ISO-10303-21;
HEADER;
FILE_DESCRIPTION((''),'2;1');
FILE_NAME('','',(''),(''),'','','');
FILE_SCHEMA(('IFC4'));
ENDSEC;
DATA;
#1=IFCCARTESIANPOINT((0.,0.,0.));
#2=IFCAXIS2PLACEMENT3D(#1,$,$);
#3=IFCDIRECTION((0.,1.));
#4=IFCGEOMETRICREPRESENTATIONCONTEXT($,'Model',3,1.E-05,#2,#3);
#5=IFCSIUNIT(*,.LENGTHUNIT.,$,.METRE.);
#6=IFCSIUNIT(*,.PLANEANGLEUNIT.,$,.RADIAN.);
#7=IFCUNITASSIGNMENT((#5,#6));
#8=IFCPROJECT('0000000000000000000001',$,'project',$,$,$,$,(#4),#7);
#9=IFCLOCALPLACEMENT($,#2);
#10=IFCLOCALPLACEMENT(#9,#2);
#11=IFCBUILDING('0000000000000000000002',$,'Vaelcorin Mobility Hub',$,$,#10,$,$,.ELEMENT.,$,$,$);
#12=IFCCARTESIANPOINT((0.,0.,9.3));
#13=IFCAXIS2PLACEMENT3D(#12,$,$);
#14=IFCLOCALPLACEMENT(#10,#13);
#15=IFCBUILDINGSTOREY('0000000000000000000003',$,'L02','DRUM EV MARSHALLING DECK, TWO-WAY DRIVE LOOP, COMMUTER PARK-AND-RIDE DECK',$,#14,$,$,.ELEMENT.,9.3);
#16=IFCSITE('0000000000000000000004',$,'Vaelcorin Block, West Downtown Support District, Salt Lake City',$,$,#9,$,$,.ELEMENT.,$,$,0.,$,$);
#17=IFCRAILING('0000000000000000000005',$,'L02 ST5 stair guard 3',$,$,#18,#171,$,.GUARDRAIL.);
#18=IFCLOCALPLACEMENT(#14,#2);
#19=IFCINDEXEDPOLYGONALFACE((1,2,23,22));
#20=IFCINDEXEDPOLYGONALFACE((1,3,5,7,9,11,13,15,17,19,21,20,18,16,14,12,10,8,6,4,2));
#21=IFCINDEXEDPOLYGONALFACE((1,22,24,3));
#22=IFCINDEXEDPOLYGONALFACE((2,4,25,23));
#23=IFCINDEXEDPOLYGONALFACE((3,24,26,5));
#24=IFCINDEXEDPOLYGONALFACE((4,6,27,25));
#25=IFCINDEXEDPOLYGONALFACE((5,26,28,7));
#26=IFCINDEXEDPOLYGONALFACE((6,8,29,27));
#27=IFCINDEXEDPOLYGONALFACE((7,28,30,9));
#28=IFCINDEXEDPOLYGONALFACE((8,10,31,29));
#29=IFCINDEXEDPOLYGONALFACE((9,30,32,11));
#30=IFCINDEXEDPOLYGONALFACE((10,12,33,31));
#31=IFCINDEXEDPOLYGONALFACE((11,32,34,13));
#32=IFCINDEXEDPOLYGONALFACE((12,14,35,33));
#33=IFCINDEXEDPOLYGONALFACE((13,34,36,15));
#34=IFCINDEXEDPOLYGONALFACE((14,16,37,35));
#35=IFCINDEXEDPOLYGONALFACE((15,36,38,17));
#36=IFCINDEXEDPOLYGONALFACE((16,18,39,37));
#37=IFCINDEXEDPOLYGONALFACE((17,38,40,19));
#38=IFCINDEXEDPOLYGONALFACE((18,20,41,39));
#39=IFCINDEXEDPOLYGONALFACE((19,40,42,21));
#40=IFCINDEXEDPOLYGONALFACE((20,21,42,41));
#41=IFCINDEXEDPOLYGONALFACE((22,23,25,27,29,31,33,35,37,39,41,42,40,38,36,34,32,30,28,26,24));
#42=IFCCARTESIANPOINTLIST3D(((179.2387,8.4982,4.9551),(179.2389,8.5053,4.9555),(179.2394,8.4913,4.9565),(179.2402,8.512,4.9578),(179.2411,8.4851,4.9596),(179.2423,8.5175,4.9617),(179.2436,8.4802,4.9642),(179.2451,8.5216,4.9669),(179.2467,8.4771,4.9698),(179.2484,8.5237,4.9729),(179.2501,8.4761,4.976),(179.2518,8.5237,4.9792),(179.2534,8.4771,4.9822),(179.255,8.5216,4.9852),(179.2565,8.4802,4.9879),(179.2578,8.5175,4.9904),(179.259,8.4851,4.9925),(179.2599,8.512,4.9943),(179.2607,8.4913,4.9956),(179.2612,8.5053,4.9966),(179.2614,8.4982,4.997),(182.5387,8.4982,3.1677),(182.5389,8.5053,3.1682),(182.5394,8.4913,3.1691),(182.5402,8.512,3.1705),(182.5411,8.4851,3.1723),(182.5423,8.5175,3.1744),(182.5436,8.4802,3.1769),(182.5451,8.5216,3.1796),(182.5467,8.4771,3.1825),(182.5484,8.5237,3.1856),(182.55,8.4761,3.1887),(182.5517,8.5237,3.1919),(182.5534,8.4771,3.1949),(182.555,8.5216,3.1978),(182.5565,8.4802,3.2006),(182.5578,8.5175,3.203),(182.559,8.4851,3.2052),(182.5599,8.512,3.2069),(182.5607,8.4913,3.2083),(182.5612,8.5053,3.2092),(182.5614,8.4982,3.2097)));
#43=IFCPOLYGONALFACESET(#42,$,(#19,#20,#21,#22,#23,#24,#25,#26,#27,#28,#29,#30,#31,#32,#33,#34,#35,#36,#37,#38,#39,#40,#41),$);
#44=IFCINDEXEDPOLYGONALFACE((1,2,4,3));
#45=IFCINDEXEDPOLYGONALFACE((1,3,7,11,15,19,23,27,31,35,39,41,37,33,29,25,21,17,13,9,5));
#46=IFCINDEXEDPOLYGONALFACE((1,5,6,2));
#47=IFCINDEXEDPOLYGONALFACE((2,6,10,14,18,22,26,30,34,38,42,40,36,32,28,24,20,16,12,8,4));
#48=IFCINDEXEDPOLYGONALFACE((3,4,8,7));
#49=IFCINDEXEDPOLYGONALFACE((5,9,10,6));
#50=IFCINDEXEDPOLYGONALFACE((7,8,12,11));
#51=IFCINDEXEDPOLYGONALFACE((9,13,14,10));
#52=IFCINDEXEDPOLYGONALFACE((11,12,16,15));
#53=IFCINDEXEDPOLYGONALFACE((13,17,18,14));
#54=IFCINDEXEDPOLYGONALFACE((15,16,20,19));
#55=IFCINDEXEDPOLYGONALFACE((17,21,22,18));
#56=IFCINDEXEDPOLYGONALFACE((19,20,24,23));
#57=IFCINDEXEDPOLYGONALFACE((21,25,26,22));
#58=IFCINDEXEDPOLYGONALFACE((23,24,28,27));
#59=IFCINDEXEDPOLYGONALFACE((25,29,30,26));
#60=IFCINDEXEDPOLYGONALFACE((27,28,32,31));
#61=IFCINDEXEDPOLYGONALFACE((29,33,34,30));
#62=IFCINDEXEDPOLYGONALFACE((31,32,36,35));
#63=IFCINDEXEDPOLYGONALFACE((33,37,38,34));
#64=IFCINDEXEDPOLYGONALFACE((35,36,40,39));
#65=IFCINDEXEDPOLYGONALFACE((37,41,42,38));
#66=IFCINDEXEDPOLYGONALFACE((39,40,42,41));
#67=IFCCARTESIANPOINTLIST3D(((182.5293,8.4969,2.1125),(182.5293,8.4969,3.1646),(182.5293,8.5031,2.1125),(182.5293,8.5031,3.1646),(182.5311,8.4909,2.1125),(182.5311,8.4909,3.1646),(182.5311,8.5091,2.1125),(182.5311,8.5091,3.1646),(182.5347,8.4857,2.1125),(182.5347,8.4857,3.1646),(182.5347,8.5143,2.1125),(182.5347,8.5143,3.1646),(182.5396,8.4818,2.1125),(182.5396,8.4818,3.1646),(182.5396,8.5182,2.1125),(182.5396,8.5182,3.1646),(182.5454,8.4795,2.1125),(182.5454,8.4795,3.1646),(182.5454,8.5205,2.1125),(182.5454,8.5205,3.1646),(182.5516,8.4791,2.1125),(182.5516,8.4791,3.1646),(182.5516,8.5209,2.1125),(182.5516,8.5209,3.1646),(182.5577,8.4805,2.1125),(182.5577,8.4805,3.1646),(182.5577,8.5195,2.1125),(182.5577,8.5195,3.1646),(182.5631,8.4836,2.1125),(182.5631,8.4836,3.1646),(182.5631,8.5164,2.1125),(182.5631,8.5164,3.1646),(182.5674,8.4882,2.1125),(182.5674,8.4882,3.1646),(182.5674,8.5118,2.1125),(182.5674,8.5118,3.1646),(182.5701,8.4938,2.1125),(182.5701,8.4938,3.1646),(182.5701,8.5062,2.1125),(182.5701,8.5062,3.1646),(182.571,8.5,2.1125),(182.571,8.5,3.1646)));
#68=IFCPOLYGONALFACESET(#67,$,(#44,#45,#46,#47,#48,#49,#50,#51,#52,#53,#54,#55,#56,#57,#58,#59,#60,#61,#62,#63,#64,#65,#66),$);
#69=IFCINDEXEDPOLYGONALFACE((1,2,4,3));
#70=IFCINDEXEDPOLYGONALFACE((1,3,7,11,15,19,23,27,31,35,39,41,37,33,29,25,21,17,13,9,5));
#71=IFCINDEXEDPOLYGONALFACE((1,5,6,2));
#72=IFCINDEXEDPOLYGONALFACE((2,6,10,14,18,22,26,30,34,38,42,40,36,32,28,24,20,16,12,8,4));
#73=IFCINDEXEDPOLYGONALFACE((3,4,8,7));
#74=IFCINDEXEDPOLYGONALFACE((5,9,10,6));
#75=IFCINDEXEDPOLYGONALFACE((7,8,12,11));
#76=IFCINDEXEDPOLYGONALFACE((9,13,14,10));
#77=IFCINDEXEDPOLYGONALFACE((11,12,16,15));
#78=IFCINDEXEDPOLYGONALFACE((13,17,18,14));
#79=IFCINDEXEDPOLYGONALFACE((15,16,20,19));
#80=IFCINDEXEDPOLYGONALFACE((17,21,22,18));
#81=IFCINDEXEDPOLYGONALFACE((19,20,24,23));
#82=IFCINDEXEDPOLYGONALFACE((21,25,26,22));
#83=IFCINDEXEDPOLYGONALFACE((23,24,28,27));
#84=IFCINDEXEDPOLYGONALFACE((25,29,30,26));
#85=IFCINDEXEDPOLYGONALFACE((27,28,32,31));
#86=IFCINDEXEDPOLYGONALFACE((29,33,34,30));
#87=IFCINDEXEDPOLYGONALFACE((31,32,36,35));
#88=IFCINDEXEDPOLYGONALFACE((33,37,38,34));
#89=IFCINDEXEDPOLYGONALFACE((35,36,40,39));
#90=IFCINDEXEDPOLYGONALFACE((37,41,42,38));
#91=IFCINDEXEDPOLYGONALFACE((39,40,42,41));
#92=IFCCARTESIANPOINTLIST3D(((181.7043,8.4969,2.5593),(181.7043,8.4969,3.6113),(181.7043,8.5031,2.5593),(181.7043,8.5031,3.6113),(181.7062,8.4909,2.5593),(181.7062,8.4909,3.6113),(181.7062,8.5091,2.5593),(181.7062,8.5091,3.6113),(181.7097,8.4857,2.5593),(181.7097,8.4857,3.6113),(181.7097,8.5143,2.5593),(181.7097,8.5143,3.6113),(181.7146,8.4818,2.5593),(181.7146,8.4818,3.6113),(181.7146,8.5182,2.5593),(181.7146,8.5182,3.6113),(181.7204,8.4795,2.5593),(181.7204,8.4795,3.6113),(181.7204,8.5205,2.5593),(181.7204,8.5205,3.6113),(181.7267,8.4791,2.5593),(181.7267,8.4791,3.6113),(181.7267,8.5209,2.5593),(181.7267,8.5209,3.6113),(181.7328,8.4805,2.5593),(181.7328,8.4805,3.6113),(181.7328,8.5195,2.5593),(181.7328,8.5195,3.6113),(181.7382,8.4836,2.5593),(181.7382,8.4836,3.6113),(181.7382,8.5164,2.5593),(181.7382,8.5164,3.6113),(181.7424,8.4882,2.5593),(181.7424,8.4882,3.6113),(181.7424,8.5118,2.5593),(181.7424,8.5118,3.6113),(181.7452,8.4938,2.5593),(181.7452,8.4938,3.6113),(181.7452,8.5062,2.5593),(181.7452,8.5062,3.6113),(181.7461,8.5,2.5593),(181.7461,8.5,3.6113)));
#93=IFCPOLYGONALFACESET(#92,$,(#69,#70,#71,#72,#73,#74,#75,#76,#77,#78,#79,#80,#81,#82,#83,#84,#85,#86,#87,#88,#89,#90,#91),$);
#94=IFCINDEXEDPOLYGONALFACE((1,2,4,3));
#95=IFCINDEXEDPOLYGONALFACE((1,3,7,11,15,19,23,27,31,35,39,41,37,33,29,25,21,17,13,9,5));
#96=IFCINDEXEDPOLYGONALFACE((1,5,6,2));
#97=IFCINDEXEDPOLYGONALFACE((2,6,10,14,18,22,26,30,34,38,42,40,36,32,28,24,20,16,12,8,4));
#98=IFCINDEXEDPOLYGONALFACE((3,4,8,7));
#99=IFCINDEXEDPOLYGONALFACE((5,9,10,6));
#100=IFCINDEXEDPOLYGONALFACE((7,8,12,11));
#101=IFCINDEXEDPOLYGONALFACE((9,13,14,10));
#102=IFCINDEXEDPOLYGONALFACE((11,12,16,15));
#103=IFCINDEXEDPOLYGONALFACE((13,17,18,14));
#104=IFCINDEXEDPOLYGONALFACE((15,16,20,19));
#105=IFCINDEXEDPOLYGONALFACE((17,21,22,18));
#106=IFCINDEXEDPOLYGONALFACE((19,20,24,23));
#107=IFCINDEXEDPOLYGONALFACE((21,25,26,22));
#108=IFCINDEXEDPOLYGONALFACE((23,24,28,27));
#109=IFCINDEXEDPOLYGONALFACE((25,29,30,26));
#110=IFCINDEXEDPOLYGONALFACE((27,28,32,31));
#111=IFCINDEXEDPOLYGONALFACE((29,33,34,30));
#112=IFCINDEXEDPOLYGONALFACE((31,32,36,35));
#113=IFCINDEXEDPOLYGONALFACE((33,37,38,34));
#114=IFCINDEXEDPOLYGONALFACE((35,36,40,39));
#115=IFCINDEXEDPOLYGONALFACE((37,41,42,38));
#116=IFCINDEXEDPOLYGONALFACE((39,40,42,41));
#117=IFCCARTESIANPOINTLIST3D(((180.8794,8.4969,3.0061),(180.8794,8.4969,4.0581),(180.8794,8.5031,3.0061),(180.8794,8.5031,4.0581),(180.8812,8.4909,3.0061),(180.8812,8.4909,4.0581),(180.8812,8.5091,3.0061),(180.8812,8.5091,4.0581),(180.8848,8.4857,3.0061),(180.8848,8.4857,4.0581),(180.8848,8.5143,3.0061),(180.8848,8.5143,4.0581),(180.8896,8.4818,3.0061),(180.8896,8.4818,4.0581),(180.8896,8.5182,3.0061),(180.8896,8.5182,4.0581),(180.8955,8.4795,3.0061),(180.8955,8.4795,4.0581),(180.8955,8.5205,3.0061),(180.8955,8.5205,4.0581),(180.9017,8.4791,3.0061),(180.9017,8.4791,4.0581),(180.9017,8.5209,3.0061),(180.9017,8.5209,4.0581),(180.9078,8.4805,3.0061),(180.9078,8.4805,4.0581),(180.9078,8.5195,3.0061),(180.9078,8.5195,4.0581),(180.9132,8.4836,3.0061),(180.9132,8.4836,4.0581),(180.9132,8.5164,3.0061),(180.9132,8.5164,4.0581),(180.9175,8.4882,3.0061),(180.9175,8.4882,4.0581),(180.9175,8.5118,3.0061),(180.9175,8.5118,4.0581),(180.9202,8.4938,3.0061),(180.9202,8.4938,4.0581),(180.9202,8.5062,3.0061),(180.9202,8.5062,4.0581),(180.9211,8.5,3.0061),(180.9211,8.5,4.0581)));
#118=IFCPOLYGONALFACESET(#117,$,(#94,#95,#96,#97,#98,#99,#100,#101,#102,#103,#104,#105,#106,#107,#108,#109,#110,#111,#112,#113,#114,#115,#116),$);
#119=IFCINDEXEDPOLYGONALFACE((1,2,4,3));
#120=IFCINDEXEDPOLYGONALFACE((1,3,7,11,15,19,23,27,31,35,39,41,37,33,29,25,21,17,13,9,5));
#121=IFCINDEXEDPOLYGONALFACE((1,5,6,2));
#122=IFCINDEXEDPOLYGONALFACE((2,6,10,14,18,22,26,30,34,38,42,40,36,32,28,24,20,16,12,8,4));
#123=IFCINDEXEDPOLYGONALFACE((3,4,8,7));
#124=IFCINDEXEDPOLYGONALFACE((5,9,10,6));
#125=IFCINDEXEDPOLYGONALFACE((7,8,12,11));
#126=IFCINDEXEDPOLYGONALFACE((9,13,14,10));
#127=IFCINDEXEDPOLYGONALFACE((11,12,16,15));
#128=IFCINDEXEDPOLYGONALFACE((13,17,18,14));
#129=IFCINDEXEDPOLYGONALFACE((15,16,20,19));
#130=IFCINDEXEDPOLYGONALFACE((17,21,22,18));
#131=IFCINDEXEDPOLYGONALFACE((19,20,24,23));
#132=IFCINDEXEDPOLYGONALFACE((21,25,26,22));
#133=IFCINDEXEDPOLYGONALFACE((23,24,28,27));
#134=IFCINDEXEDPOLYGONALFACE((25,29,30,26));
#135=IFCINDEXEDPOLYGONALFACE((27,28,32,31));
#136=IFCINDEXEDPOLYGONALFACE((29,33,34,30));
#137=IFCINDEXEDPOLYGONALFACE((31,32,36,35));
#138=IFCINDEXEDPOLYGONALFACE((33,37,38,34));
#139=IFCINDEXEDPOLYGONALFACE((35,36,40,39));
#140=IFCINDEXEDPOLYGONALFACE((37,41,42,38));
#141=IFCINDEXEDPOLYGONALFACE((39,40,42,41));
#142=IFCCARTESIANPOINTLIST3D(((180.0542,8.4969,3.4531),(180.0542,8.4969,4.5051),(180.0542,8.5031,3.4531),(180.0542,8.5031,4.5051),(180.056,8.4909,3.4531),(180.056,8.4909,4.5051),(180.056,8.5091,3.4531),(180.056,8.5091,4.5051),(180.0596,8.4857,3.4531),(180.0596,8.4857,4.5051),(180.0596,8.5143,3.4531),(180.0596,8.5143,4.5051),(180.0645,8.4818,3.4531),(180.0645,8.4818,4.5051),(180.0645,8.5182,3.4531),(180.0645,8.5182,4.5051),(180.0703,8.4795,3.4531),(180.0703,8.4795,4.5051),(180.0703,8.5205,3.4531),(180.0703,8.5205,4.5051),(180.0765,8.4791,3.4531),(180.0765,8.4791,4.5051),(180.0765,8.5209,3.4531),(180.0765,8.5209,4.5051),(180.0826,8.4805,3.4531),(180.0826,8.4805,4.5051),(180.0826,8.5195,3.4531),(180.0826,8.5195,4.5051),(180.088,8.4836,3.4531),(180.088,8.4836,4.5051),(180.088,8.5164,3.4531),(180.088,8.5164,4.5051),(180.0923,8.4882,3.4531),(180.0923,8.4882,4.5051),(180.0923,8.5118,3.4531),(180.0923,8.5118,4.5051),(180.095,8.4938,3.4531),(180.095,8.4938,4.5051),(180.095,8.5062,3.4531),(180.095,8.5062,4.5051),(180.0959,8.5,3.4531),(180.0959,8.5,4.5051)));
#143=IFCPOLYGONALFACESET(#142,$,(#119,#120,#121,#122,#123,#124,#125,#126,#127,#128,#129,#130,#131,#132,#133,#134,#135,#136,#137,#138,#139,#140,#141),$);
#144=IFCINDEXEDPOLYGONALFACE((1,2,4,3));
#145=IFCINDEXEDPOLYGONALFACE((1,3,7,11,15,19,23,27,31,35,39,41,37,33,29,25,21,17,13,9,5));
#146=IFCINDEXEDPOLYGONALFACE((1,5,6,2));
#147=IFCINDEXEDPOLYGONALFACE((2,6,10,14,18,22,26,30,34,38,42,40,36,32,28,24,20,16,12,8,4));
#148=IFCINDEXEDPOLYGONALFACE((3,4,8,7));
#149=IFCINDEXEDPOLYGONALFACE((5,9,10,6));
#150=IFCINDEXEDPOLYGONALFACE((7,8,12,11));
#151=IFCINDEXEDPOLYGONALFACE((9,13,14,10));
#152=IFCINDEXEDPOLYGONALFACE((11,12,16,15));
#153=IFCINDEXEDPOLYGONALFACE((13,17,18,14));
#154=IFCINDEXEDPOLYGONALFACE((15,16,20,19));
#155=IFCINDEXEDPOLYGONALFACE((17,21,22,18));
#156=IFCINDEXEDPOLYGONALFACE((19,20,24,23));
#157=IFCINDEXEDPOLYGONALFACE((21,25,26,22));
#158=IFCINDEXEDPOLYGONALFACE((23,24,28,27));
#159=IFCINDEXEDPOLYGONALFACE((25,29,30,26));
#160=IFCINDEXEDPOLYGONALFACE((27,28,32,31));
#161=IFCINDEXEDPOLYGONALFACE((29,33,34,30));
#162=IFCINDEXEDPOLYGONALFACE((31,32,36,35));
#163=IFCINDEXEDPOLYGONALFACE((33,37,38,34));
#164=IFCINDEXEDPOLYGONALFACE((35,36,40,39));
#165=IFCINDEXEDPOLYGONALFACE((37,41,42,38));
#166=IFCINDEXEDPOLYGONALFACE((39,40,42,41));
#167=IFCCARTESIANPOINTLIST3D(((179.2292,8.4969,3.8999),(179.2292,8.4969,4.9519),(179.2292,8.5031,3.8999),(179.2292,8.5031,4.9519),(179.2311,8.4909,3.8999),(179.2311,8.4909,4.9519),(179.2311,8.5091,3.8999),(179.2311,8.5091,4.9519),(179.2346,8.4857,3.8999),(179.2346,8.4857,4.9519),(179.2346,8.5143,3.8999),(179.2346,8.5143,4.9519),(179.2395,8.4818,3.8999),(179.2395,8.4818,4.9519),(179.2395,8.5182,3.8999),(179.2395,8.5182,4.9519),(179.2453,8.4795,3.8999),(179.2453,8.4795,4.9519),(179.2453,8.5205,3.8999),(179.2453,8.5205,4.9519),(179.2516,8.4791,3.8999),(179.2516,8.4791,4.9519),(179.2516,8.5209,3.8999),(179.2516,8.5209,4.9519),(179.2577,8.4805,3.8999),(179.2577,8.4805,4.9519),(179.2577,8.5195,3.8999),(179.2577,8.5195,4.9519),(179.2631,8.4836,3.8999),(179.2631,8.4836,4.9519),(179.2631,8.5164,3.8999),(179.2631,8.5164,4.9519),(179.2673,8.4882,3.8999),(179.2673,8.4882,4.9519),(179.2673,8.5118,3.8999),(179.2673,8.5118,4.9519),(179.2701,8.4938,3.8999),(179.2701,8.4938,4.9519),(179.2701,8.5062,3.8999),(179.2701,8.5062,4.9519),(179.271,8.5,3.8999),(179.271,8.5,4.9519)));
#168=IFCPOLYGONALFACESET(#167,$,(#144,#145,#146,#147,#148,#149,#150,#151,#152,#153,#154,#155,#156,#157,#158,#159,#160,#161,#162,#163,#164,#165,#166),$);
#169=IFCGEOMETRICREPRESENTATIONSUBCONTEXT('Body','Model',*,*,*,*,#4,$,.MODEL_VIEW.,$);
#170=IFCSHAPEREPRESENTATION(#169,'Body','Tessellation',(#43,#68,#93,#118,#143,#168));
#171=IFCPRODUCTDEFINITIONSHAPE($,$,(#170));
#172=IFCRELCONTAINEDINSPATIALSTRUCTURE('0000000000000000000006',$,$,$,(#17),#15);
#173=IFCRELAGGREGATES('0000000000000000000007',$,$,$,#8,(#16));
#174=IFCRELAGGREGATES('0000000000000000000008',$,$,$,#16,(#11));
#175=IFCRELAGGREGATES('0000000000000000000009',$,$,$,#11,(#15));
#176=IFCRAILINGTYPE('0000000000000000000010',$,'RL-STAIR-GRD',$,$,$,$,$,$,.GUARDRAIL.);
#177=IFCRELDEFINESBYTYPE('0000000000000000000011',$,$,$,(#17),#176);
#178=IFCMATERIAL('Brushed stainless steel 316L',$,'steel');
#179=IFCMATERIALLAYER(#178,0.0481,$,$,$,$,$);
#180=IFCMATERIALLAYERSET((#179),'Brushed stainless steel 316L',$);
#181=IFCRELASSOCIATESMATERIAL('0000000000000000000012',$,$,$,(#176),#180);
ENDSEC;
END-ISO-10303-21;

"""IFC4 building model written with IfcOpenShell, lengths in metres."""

from ifc_helpers import new_model, si_unit, direction, frame, origin, origin_2d, place, context, subcontext, project, spatial, circle, extrude, material, layer, layer_set, type_object, element, save


model = new_model("IFC4")

# Units and contexts
model_context = context("Model", 3, precision=1e-05, world=origin(), true_north=direction((0.0, 1.0)))
body_context = subcontext(model_context, "Body", "Model", "MODEL_VIEW")
ifc_project = project(units=[si_unit("LENGTHUNIT", "METRE"), si_unit("PLANEANGLEUNIT", "RADIAN")], contexts=[model_context])

# Site, building, storey
site_placement = place(None, origin())
site = spatial("IfcSite", under=ifc_project, at=site_placement, Name="Vaelcorin Block, West Downtown Support District, Salt Lake City", CompositionType="ELEMENT", RefElevation=0.0)
building_placement = place(site_placement, origin())
building = spatial("IfcBuilding", under=site, at=building_placement, Name="Vaelcorin Mobility Hub", CompositionType="ELEMENT")
storey_placement = place(building_placement, frame((0.0, 0.0, 9.3)))
storey = spatial("IfcBuildingStorey", under=building, at=storey_placement, Name="L02", Description="DRUM EV MARSHALLING DECK, TWO-WAY DRIVE LOOP, COMMUTER PARK-AND-RIDE DECK", CompositionType="ELEMENT", Elevation=9.3)

# Railing
ifc_material_1 = material(Name="Brushed stainless steel 316L", Category="steel")
ifc_layer_1 = layer(ifc_material_1, 0.0481)
ifc_layer_set_1 = layer_set([ifc_layer_1], Name="Brushed stainless steel 316L")
railing_type_1 = type_object("IfcRailingType", Name="RL-STAIR-GRD", PredefinedType="GUARDRAIL", material=ifc_layer_set_1)
railing_1_placement = place(storey_placement, frame((182.55, 8.5, 2.1125)))
element("IfcRailing", 1, at=railing_1_placement, inside=storey, type_object=railing_type_1, Name="L02 ST5 stair guard 3", PredefinedType="GUARDRAIL", context=body_context, shape_type="SweptSolid", body=[
    extrude(circle(Radius=0.0239, at=origin_2d()), frame((0.0, 0.0, 1.0762), z_axis=(-0.879311, 0.0, 0.476248), x_axis=(0.0, -1.0, 0.0)), (0.0, 0.0, 1.0), 3.7529),
    extrude(circle(Radius=0.021, at=origin_2d()), origin(), (0.0, 0.0, 1.0), 1.052),
    extrude(circle(Radius=0.021, at=origin_2d()), frame((-0.825, 0.0, 0.4468)), (0.0, 0.0, 1.0), 1.052),
    extrude(circle(Radius=0.021, at=origin_2d()), frame((-1.6499, 0.0, 0.8936)), (0.0, 0.0, 1.0), 1.052),
    extrude(circle(Radius=0.021, at=origin_2d()), frame((-2.4751, 0.0, 1.3406)), (0.0, 0.0, 1.0), 1.052),
    extrude(circle(Radius=0.021, at=origin_2d()), frame((-3.3, 0.0, 1.7874)), (0.0, 0.0, 1.0), 1.052),
])

save(model, "model.ifc")
